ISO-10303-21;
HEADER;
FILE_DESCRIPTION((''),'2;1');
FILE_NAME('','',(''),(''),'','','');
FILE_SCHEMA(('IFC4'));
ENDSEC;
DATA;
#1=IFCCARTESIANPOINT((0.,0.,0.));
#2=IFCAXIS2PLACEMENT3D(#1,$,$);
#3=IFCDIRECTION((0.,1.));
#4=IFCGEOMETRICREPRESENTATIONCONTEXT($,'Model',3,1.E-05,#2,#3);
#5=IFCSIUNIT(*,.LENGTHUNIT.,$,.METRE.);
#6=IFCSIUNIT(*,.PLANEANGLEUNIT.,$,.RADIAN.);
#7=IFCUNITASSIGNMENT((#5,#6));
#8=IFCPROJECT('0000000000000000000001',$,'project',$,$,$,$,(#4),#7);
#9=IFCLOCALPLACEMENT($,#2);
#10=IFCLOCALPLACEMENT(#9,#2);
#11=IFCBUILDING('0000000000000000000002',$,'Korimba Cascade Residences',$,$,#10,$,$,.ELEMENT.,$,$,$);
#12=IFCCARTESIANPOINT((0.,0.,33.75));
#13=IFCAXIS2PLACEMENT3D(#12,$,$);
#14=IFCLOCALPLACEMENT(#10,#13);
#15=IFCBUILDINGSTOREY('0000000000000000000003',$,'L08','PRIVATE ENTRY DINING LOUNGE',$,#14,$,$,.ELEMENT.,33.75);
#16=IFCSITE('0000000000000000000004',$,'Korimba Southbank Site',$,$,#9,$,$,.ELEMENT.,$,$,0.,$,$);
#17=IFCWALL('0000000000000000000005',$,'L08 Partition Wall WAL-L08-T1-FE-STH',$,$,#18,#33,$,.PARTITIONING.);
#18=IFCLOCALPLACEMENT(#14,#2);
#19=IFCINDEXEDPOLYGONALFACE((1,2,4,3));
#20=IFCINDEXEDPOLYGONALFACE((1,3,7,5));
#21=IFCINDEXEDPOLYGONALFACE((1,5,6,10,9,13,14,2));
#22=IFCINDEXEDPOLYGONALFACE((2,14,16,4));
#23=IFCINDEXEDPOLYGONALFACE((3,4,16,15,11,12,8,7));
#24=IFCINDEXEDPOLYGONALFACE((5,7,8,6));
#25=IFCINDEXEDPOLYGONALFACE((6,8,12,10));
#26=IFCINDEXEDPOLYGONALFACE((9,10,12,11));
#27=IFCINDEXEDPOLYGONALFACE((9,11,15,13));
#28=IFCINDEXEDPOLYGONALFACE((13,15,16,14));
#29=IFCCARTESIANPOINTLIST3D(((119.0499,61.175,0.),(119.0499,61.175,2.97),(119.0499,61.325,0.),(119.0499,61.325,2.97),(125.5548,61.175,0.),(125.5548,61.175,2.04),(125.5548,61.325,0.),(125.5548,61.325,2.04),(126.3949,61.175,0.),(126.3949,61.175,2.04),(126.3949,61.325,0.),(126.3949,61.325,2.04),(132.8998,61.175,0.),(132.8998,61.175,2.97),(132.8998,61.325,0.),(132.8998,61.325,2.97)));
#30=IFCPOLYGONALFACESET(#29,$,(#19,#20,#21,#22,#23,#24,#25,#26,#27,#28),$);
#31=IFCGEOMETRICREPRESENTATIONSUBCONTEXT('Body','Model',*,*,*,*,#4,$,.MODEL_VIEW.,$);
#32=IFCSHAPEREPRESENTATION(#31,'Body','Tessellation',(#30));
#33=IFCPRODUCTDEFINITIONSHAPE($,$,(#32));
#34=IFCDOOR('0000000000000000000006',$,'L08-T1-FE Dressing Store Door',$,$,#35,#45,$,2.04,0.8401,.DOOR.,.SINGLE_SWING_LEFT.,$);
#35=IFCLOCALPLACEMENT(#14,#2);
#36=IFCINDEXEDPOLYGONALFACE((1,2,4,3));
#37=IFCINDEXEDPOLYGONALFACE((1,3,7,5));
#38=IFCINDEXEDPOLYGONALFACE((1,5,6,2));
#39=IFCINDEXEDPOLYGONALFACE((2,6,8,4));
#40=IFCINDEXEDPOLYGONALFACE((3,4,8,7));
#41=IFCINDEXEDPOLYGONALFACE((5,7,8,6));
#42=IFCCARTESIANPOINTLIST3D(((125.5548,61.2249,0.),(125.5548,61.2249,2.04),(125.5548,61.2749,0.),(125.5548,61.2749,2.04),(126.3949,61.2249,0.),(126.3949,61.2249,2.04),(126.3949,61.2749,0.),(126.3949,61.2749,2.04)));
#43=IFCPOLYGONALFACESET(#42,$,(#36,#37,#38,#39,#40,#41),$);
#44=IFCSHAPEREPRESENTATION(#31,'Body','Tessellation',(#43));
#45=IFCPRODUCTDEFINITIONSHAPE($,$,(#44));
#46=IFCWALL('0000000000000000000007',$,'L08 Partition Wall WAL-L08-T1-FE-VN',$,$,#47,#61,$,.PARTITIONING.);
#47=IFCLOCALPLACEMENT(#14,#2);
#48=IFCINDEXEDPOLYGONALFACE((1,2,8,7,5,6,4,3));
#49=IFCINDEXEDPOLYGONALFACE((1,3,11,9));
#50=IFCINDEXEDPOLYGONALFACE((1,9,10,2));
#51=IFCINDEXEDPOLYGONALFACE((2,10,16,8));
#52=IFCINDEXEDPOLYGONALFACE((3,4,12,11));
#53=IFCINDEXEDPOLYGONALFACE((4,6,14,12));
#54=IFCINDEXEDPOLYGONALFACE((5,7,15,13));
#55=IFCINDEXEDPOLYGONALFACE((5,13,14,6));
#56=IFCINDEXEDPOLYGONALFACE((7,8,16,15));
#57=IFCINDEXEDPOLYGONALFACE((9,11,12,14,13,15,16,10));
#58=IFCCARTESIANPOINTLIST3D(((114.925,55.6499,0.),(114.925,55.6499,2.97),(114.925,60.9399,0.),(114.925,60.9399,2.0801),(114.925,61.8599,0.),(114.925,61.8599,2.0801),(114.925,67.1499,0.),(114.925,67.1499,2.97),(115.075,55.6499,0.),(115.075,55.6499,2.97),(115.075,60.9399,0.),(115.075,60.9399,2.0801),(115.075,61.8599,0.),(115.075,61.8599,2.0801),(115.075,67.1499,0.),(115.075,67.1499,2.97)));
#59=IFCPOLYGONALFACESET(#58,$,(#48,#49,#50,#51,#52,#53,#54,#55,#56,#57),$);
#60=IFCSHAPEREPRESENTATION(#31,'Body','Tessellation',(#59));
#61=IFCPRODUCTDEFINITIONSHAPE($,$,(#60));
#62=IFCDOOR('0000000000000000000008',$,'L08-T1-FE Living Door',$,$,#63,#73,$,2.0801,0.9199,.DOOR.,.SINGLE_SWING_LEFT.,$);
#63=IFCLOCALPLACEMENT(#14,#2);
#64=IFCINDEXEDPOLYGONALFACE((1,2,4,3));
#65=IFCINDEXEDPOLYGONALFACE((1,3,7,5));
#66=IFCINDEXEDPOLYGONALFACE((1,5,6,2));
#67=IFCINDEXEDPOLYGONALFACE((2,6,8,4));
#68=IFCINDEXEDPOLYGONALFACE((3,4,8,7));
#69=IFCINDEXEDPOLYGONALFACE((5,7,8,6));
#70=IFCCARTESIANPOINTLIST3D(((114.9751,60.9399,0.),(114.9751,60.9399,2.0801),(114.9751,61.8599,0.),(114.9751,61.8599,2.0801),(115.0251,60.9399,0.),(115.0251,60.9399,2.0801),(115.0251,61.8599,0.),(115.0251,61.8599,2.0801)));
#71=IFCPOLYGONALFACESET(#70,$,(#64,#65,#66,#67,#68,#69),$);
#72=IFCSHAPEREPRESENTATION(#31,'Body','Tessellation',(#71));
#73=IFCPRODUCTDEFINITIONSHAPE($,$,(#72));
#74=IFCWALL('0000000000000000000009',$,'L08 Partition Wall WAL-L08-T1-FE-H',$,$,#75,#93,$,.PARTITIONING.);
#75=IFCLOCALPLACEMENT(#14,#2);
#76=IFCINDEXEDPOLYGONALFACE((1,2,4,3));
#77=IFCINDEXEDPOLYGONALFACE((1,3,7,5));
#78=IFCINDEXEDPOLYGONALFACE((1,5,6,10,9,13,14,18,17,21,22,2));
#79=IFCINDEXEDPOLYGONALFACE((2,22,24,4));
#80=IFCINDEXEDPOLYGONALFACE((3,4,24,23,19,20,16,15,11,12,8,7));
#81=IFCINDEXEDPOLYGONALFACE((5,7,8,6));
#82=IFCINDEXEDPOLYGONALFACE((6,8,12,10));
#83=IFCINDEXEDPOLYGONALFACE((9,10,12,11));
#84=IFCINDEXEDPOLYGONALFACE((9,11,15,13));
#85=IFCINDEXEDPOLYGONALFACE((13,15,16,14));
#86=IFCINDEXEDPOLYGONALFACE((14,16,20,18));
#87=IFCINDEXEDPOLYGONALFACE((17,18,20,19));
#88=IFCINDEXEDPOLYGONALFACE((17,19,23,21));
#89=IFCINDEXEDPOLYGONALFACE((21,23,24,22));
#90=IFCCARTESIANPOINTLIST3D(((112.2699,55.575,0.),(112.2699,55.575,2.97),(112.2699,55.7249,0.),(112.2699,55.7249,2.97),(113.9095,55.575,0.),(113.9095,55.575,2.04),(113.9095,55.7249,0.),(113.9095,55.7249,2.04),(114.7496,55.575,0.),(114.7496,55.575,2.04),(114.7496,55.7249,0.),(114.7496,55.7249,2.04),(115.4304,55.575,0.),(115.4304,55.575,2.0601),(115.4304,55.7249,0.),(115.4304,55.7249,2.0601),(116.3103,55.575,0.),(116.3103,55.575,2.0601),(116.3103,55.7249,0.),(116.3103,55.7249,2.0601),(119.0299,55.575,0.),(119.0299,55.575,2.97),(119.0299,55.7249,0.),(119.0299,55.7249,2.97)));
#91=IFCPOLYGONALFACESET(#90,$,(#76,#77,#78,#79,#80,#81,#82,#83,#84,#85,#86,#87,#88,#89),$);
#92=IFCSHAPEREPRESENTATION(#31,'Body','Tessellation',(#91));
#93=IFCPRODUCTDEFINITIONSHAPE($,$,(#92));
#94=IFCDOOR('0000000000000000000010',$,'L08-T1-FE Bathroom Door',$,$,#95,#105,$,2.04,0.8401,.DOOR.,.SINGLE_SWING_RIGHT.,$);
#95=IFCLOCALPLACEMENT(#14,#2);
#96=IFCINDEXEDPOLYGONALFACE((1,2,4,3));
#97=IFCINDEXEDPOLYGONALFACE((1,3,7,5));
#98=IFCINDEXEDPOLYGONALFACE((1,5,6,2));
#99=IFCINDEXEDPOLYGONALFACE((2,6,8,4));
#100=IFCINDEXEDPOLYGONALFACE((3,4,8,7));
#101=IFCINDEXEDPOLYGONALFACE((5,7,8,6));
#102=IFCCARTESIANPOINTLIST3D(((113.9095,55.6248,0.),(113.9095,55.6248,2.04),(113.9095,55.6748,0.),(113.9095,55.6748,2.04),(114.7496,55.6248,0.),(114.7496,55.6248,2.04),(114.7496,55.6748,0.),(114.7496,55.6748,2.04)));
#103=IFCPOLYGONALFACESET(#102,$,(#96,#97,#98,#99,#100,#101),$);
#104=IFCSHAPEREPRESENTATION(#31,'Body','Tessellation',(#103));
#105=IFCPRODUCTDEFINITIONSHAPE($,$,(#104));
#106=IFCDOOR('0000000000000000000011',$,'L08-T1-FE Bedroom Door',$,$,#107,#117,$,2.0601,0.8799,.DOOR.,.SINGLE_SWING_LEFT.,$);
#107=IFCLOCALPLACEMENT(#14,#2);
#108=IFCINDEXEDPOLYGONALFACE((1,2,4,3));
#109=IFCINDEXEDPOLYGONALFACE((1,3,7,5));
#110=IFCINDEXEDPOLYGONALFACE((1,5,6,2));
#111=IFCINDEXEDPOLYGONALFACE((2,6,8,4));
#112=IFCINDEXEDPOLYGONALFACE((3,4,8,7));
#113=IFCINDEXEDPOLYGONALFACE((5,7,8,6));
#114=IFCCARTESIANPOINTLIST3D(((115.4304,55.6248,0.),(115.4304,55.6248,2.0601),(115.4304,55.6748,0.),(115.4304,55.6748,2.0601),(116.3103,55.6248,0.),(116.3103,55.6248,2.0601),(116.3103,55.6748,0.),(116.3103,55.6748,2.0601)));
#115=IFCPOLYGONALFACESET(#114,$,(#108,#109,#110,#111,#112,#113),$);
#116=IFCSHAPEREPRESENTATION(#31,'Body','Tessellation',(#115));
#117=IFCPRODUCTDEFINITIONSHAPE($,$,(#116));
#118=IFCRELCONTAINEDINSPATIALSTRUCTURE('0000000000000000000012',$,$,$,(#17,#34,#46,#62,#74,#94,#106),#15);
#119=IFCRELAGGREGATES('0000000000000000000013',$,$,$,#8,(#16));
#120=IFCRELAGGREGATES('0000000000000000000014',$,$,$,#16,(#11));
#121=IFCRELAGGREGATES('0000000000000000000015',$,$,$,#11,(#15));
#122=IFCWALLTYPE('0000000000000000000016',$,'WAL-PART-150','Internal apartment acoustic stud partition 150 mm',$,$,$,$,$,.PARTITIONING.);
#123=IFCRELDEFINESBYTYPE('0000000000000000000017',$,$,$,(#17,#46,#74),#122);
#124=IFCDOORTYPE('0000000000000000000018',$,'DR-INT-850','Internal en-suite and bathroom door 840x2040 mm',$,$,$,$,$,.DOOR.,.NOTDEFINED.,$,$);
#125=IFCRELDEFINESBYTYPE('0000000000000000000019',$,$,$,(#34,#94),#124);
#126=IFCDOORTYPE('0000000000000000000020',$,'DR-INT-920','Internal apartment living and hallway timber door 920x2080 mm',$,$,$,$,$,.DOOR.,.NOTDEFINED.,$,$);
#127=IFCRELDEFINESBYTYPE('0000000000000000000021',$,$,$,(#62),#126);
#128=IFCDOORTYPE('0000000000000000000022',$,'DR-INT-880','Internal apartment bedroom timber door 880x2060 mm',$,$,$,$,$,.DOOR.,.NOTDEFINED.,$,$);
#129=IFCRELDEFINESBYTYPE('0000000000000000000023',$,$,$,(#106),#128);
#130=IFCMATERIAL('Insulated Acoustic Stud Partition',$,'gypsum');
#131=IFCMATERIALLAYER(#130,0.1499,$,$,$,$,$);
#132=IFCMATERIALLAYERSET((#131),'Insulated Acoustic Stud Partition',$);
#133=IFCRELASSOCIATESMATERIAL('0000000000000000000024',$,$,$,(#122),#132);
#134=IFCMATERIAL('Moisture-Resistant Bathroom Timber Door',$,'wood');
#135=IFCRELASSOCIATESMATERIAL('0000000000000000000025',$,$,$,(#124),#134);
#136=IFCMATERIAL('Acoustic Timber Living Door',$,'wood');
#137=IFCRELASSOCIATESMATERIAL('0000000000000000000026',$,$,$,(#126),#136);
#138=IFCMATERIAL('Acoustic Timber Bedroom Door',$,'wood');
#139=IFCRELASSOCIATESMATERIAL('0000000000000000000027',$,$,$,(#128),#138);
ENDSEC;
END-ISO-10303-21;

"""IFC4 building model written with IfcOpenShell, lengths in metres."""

from ifc_helpers import new_model, si_unit, direction, frame, frame_2d, origin, place, context, subcontext, project, spatial, rectangle, extrude, material, layer, layer_set, type_object, element, fill, save


model = new_model("IFC4")

# Units and contexts
model_context = context("Model", 3, precision=1e-05, world=origin(), true_north=direction((0.0, 1.0)))
body_context = subcontext(model_context, "Body", "Model", "MODEL_VIEW")
ifc_project = project(units=[si_unit("LENGTHUNIT", "METRE"), si_unit("PLANEANGLEUNIT", "RADIAN")], contexts=[model_context])

# Site, building, storey
site_placement = place(None, origin())
site = spatial("IfcSite", under=ifc_project, at=site_placement, Name="Korimba Southbank Site", CompositionType="ELEMENT", RefElevation=0.0)
building_placement = place(site_placement, origin())
building = spatial("IfcBuilding", under=site, at=building_placement, Name="Korimba Cascade Residences", CompositionType="ELEMENT")
storey_placement = place(building_placement, frame((0.0, 0.0, 33.75)))
storey = spatial("IfcBuildingStorey", under=building, at=storey_placement, Name="L08", Description="PRIVATE ENTRY DINING LOUNGE", CompositionType="ELEMENT", Elevation=33.75)

# Walls, openings, doors
ifc_material_1 = material(Name="Insulated Acoustic Stud Partition", Category="gypsum")
ifc_layer_1 = layer(ifc_material_1, 0.1499)
ifc_layer_set_1 = layer_set([ifc_layer_1], Name="Insulated Acoustic Stud Partition")
wall_type_1 = type_object("IfcWallType", Name="WAL-PART-150", Description="Internal apartment acoustic stud partition 150 mm", PredefinedType="PARTITIONING", material=ifc_layer_set_1)
wall_1_placement = place(storey_placement, frame((119.05, 61.25, 0.0), z_axis=(0.0, 0.0, 1.0), x_axis=(1.0, 0.0, 0.0)))
wall_1 = element("IfcWall", 1, at=wall_1_placement, inside=storey, type_object=wall_type_1, Name="L08 Partition Wall WAL-L08-T1-FE-STH", PredefinedType="PARTITIONING", context=body_context, shape_type="SweptSolid", body=[
    extrude(rectangle(XDim=13.8499, YDim=0.1499, at=frame_2d((6.9248, 0.0))), origin(), (0.0, 0.0, 1.0), 2.97),
])
opening_1_placement = place(wall_1_placement, frame((6.5049, 0.0, 0.0)))
opening_1 = element("IfcOpeningElement", 2, at=opening_1_placement, cuts=wall_1, PredefinedType="OPENING", context=body_context, shape_type="SweptSolid", body=[
    extrude(rectangle(XDim=0.8401, YDim=2.04, at=frame_2d((0.4199, 1.02))), frame((0.0, 0.085, 0.0), z_axis=(0.0, -1.0, 0.0), x_axis=(1.0, 0.0, 0.0)), (0.0, 0.0, 1.0), 0.1699),
])
ifc_material_2 = material(Name="Moisture-Resistant Bathroom Timber Door", Category="wood")
door_type_1 = type_object("IfcDoorType", Name="DR-INT-850", Description="Internal en-suite and bathroom door 840x2040 mm", OperationType="NOTDEFINED", PredefinedType="DOOR", material=ifc_material_2)
door_1_placement = place(opening_1_placement, origin())
door_1 = element("IfcDoor", 3, at=door_1_placement, inside=storey, type_object=door_type_1, Name="L08-T1-FE Dressing Store Door", OperationType="SINGLE_SWING_LEFT", OverallHeight=2.04, OverallWidth=0.8401, PredefinedType="DOOR", context=body_context, shape_type="SweptSolid", body=[
    extrude(rectangle(XDim=0.8401, YDim=2.04, at=frame_2d((0.4199, 1.02))), frame((0.0, 0.0249, 0.0), z_axis=(0.0, -1.0, 0.0), x_axis=(1.0, 0.0, 0.0)), (0.0, 0.0, 1.0), 0.05),
])
fill(opening_1, door_1)
wall_2_placement = place(storey_placement, frame((115.0, 55.6499, 0.0), z_axis=(0.0, 0.0, 1.0), x_axis=(0.0, 1.0, 0.0)))
wall_2 = element("IfcWall", 4, at=wall_2_placement, inside=storey, type_object=wall_type_1, Name="L08 Partition Wall WAL-L08-T1-FE-VN", PredefinedType="PARTITIONING", context=body_context, shape_type="SweptSolid", body=[
    extrude(rectangle(XDim=11.5, YDim=0.1499, at=frame_2d((5.75, 0.0))), origin(), (0.0, 0.0, 1.0), 2.97),
])
opening_2_placement = place(wall_2_placement, frame((5.29, 0.0, 0.0)))
opening_2 = element("IfcOpeningElement", 5, at=opening_2_placement, cuts=wall_2, PredefinedType="OPENING", context=body_context, shape_type="SweptSolid", body=[
    extrude(rectangle(XDim=0.9199, YDim=2.0801, at=frame_2d((0.46, 1.04))), frame((0.0, 0.085, 0.0), z_axis=(0.0, -1.0, 0.0), x_axis=(1.0, 0.0, 0.0)), (0.0, 0.0, 1.0), 0.1699),
])
ifc_material_3 = material(Name="Acoustic Timber Living Door", Category="wood")
door_type_2 = type_object("IfcDoorType", Name="DR-INT-920", Description="Internal apartment living and hallway timber door 920x2080 mm", OperationType="NOTDEFINED", PredefinedType="DOOR", material=ifc_material_3)
door_2_placement = place(opening_2_placement, origin())
door_2 = element("IfcDoor", 6, at=door_2_placement, inside=storey, type_object=door_type_2, Name="L08-T1-FE Living Door", OperationType="SINGLE_SWING_LEFT", OverallHeight=2.0801, OverallWidth=0.9199, PredefinedType="DOOR", context=body_context, shape_type="SweptSolid", body=[
    extrude(rectangle(XDim=0.9199, YDim=2.0801, at=frame_2d((0.46, 1.04))), frame((0.0, 0.0249, 0.0), z_axis=(0.0, -1.0, 0.0), x_axis=(1.0, 0.0, 0.0)), (0.0, 0.0, 1.0), 0.05),
])
fill(opening_2, door_2)

# Wall, openings, doors
wall_3_placement = place(storey_placement, frame((112.27, 55.6499, 0.0), z_axis=(0.0, 0.0, 1.0), x_axis=(1.0, 0.0, 0.0)))
wall_3 = element("IfcWall", 7, at=wall_3_placement, inside=storey, type_object=wall_type_1, Name="L08 Partition Wall WAL-L08-T1-FE-H", PredefinedType="PARTITIONING", context=body_context, shape_type="SweptSolid", body=[
    extrude(rectangle(XDim=6.76, YDim=0.1499, at=frame_2d((3.3799, 0.0))), origin(), (0.0, 0.0, 1.0), 2.97),
])
opening_3_placement = place(wall_3_placement, frame((1.6396, 0.0, 0.0)))
opening_3 = element("IfcOpeningElement", 8, at=opening_3_placement, cuts=wall_3, PredefinedType="OPENING", context=body_context, shape_type="SweptSolid", body=[
    extrude(rectangle(XDim=0.8401, YDim=2.04, at=frame_2d((0.4199, 1.02))), frame((0.0, 0.085, 0.0), z_axis=(0.0, -1.0, 0.0), x_axis=(1.0, 0.0, 0.0)), (0.0, 0.0, 1.0), 0.1699),
])
opening_4_placement = place(wall_3_placement, frame((3.1604, 0.0, 0.0)))
opening_4 = element("IfcOpeningElement", 9, at=opening_4_placement, cuts=wall_3, PredefinedType="OPENING", context=body_context, shape_type="SweptSolid", body=[
    extrude(rectangle(XDim=0.8799, YDim=2.0601, at=frame_2d((0.4399, 1.03))), frame((0.0, 0.085, 0.0), z_axis=(0.0, -1.0, 0.0), x_axis=(1.0, 0.0, 0.0)), (0.0, 0.0, 1.0), 0.1699),
])
door_3_placement = place(opening_3_placement, origin())
door_3 = element("IfcDoor", 10, at=door_3_placement, inside=storey, type_object=door_type_1, Name="L08-T1-FE Bathroom Door", OperationType="SINGLE_SWING_RIGHT", OverallHeight=2.04, OverallWidth=0.8401, PredefinedType="DOOR", context=body_context, shape_type="SweptSolid", body=[
    extrude(rectangle(XDim=0.8401, YDim=2.04, at=frame_2d((0.4199, 1.02))), frame((0.0, 0.0249, 0.0), z_axis=(0.0, -1.0, 0.0), x_axis=(1.0, 0.0, 0.0)), (0.0, 0.0, 1.0), 0.05),
])
fill(opening_3, door_3)
ifc_material_4 = material(Name="Acoustic Timber Bedroom Door", Category="wood")
door_type_3 = type_object("IfcDoorType", Name="DR-INT-880", Description="Internal apartment bedroom timber door 880x2060 mm", OperationType="NOTDEFINED", PredefinedType="DOOR", material=ifc_material_4)
door_4_placement = place(opening_4_placement, origin())
door_4 = element("IfcDoor", 11, at=door_4_placement, inside=storey, type_object=door_type_3, Name="L08-T1-FE Bedroom Door", OperationType="SINGLE_SWING_LEFT", OverallHeight=2.0601, OverallWidth=0.8799, PredefinedType="DOOR", context=body_context, shape_type="SweptSolid", body=[
    extrude(rectangle(XDim=0.8799, YDim=2.0601, at=frame_2d((0.4399, 1.03))), frame((0.0, 0.0249, 0.0), z_axis=(0.0, -1.0, 0.0), x_axis=(1.0, 0.0, 0.0)), (0.0, 0.0, 1.0), 0.05),
])
fill(opening_4, door_4)

save(model, "model.ifc")
